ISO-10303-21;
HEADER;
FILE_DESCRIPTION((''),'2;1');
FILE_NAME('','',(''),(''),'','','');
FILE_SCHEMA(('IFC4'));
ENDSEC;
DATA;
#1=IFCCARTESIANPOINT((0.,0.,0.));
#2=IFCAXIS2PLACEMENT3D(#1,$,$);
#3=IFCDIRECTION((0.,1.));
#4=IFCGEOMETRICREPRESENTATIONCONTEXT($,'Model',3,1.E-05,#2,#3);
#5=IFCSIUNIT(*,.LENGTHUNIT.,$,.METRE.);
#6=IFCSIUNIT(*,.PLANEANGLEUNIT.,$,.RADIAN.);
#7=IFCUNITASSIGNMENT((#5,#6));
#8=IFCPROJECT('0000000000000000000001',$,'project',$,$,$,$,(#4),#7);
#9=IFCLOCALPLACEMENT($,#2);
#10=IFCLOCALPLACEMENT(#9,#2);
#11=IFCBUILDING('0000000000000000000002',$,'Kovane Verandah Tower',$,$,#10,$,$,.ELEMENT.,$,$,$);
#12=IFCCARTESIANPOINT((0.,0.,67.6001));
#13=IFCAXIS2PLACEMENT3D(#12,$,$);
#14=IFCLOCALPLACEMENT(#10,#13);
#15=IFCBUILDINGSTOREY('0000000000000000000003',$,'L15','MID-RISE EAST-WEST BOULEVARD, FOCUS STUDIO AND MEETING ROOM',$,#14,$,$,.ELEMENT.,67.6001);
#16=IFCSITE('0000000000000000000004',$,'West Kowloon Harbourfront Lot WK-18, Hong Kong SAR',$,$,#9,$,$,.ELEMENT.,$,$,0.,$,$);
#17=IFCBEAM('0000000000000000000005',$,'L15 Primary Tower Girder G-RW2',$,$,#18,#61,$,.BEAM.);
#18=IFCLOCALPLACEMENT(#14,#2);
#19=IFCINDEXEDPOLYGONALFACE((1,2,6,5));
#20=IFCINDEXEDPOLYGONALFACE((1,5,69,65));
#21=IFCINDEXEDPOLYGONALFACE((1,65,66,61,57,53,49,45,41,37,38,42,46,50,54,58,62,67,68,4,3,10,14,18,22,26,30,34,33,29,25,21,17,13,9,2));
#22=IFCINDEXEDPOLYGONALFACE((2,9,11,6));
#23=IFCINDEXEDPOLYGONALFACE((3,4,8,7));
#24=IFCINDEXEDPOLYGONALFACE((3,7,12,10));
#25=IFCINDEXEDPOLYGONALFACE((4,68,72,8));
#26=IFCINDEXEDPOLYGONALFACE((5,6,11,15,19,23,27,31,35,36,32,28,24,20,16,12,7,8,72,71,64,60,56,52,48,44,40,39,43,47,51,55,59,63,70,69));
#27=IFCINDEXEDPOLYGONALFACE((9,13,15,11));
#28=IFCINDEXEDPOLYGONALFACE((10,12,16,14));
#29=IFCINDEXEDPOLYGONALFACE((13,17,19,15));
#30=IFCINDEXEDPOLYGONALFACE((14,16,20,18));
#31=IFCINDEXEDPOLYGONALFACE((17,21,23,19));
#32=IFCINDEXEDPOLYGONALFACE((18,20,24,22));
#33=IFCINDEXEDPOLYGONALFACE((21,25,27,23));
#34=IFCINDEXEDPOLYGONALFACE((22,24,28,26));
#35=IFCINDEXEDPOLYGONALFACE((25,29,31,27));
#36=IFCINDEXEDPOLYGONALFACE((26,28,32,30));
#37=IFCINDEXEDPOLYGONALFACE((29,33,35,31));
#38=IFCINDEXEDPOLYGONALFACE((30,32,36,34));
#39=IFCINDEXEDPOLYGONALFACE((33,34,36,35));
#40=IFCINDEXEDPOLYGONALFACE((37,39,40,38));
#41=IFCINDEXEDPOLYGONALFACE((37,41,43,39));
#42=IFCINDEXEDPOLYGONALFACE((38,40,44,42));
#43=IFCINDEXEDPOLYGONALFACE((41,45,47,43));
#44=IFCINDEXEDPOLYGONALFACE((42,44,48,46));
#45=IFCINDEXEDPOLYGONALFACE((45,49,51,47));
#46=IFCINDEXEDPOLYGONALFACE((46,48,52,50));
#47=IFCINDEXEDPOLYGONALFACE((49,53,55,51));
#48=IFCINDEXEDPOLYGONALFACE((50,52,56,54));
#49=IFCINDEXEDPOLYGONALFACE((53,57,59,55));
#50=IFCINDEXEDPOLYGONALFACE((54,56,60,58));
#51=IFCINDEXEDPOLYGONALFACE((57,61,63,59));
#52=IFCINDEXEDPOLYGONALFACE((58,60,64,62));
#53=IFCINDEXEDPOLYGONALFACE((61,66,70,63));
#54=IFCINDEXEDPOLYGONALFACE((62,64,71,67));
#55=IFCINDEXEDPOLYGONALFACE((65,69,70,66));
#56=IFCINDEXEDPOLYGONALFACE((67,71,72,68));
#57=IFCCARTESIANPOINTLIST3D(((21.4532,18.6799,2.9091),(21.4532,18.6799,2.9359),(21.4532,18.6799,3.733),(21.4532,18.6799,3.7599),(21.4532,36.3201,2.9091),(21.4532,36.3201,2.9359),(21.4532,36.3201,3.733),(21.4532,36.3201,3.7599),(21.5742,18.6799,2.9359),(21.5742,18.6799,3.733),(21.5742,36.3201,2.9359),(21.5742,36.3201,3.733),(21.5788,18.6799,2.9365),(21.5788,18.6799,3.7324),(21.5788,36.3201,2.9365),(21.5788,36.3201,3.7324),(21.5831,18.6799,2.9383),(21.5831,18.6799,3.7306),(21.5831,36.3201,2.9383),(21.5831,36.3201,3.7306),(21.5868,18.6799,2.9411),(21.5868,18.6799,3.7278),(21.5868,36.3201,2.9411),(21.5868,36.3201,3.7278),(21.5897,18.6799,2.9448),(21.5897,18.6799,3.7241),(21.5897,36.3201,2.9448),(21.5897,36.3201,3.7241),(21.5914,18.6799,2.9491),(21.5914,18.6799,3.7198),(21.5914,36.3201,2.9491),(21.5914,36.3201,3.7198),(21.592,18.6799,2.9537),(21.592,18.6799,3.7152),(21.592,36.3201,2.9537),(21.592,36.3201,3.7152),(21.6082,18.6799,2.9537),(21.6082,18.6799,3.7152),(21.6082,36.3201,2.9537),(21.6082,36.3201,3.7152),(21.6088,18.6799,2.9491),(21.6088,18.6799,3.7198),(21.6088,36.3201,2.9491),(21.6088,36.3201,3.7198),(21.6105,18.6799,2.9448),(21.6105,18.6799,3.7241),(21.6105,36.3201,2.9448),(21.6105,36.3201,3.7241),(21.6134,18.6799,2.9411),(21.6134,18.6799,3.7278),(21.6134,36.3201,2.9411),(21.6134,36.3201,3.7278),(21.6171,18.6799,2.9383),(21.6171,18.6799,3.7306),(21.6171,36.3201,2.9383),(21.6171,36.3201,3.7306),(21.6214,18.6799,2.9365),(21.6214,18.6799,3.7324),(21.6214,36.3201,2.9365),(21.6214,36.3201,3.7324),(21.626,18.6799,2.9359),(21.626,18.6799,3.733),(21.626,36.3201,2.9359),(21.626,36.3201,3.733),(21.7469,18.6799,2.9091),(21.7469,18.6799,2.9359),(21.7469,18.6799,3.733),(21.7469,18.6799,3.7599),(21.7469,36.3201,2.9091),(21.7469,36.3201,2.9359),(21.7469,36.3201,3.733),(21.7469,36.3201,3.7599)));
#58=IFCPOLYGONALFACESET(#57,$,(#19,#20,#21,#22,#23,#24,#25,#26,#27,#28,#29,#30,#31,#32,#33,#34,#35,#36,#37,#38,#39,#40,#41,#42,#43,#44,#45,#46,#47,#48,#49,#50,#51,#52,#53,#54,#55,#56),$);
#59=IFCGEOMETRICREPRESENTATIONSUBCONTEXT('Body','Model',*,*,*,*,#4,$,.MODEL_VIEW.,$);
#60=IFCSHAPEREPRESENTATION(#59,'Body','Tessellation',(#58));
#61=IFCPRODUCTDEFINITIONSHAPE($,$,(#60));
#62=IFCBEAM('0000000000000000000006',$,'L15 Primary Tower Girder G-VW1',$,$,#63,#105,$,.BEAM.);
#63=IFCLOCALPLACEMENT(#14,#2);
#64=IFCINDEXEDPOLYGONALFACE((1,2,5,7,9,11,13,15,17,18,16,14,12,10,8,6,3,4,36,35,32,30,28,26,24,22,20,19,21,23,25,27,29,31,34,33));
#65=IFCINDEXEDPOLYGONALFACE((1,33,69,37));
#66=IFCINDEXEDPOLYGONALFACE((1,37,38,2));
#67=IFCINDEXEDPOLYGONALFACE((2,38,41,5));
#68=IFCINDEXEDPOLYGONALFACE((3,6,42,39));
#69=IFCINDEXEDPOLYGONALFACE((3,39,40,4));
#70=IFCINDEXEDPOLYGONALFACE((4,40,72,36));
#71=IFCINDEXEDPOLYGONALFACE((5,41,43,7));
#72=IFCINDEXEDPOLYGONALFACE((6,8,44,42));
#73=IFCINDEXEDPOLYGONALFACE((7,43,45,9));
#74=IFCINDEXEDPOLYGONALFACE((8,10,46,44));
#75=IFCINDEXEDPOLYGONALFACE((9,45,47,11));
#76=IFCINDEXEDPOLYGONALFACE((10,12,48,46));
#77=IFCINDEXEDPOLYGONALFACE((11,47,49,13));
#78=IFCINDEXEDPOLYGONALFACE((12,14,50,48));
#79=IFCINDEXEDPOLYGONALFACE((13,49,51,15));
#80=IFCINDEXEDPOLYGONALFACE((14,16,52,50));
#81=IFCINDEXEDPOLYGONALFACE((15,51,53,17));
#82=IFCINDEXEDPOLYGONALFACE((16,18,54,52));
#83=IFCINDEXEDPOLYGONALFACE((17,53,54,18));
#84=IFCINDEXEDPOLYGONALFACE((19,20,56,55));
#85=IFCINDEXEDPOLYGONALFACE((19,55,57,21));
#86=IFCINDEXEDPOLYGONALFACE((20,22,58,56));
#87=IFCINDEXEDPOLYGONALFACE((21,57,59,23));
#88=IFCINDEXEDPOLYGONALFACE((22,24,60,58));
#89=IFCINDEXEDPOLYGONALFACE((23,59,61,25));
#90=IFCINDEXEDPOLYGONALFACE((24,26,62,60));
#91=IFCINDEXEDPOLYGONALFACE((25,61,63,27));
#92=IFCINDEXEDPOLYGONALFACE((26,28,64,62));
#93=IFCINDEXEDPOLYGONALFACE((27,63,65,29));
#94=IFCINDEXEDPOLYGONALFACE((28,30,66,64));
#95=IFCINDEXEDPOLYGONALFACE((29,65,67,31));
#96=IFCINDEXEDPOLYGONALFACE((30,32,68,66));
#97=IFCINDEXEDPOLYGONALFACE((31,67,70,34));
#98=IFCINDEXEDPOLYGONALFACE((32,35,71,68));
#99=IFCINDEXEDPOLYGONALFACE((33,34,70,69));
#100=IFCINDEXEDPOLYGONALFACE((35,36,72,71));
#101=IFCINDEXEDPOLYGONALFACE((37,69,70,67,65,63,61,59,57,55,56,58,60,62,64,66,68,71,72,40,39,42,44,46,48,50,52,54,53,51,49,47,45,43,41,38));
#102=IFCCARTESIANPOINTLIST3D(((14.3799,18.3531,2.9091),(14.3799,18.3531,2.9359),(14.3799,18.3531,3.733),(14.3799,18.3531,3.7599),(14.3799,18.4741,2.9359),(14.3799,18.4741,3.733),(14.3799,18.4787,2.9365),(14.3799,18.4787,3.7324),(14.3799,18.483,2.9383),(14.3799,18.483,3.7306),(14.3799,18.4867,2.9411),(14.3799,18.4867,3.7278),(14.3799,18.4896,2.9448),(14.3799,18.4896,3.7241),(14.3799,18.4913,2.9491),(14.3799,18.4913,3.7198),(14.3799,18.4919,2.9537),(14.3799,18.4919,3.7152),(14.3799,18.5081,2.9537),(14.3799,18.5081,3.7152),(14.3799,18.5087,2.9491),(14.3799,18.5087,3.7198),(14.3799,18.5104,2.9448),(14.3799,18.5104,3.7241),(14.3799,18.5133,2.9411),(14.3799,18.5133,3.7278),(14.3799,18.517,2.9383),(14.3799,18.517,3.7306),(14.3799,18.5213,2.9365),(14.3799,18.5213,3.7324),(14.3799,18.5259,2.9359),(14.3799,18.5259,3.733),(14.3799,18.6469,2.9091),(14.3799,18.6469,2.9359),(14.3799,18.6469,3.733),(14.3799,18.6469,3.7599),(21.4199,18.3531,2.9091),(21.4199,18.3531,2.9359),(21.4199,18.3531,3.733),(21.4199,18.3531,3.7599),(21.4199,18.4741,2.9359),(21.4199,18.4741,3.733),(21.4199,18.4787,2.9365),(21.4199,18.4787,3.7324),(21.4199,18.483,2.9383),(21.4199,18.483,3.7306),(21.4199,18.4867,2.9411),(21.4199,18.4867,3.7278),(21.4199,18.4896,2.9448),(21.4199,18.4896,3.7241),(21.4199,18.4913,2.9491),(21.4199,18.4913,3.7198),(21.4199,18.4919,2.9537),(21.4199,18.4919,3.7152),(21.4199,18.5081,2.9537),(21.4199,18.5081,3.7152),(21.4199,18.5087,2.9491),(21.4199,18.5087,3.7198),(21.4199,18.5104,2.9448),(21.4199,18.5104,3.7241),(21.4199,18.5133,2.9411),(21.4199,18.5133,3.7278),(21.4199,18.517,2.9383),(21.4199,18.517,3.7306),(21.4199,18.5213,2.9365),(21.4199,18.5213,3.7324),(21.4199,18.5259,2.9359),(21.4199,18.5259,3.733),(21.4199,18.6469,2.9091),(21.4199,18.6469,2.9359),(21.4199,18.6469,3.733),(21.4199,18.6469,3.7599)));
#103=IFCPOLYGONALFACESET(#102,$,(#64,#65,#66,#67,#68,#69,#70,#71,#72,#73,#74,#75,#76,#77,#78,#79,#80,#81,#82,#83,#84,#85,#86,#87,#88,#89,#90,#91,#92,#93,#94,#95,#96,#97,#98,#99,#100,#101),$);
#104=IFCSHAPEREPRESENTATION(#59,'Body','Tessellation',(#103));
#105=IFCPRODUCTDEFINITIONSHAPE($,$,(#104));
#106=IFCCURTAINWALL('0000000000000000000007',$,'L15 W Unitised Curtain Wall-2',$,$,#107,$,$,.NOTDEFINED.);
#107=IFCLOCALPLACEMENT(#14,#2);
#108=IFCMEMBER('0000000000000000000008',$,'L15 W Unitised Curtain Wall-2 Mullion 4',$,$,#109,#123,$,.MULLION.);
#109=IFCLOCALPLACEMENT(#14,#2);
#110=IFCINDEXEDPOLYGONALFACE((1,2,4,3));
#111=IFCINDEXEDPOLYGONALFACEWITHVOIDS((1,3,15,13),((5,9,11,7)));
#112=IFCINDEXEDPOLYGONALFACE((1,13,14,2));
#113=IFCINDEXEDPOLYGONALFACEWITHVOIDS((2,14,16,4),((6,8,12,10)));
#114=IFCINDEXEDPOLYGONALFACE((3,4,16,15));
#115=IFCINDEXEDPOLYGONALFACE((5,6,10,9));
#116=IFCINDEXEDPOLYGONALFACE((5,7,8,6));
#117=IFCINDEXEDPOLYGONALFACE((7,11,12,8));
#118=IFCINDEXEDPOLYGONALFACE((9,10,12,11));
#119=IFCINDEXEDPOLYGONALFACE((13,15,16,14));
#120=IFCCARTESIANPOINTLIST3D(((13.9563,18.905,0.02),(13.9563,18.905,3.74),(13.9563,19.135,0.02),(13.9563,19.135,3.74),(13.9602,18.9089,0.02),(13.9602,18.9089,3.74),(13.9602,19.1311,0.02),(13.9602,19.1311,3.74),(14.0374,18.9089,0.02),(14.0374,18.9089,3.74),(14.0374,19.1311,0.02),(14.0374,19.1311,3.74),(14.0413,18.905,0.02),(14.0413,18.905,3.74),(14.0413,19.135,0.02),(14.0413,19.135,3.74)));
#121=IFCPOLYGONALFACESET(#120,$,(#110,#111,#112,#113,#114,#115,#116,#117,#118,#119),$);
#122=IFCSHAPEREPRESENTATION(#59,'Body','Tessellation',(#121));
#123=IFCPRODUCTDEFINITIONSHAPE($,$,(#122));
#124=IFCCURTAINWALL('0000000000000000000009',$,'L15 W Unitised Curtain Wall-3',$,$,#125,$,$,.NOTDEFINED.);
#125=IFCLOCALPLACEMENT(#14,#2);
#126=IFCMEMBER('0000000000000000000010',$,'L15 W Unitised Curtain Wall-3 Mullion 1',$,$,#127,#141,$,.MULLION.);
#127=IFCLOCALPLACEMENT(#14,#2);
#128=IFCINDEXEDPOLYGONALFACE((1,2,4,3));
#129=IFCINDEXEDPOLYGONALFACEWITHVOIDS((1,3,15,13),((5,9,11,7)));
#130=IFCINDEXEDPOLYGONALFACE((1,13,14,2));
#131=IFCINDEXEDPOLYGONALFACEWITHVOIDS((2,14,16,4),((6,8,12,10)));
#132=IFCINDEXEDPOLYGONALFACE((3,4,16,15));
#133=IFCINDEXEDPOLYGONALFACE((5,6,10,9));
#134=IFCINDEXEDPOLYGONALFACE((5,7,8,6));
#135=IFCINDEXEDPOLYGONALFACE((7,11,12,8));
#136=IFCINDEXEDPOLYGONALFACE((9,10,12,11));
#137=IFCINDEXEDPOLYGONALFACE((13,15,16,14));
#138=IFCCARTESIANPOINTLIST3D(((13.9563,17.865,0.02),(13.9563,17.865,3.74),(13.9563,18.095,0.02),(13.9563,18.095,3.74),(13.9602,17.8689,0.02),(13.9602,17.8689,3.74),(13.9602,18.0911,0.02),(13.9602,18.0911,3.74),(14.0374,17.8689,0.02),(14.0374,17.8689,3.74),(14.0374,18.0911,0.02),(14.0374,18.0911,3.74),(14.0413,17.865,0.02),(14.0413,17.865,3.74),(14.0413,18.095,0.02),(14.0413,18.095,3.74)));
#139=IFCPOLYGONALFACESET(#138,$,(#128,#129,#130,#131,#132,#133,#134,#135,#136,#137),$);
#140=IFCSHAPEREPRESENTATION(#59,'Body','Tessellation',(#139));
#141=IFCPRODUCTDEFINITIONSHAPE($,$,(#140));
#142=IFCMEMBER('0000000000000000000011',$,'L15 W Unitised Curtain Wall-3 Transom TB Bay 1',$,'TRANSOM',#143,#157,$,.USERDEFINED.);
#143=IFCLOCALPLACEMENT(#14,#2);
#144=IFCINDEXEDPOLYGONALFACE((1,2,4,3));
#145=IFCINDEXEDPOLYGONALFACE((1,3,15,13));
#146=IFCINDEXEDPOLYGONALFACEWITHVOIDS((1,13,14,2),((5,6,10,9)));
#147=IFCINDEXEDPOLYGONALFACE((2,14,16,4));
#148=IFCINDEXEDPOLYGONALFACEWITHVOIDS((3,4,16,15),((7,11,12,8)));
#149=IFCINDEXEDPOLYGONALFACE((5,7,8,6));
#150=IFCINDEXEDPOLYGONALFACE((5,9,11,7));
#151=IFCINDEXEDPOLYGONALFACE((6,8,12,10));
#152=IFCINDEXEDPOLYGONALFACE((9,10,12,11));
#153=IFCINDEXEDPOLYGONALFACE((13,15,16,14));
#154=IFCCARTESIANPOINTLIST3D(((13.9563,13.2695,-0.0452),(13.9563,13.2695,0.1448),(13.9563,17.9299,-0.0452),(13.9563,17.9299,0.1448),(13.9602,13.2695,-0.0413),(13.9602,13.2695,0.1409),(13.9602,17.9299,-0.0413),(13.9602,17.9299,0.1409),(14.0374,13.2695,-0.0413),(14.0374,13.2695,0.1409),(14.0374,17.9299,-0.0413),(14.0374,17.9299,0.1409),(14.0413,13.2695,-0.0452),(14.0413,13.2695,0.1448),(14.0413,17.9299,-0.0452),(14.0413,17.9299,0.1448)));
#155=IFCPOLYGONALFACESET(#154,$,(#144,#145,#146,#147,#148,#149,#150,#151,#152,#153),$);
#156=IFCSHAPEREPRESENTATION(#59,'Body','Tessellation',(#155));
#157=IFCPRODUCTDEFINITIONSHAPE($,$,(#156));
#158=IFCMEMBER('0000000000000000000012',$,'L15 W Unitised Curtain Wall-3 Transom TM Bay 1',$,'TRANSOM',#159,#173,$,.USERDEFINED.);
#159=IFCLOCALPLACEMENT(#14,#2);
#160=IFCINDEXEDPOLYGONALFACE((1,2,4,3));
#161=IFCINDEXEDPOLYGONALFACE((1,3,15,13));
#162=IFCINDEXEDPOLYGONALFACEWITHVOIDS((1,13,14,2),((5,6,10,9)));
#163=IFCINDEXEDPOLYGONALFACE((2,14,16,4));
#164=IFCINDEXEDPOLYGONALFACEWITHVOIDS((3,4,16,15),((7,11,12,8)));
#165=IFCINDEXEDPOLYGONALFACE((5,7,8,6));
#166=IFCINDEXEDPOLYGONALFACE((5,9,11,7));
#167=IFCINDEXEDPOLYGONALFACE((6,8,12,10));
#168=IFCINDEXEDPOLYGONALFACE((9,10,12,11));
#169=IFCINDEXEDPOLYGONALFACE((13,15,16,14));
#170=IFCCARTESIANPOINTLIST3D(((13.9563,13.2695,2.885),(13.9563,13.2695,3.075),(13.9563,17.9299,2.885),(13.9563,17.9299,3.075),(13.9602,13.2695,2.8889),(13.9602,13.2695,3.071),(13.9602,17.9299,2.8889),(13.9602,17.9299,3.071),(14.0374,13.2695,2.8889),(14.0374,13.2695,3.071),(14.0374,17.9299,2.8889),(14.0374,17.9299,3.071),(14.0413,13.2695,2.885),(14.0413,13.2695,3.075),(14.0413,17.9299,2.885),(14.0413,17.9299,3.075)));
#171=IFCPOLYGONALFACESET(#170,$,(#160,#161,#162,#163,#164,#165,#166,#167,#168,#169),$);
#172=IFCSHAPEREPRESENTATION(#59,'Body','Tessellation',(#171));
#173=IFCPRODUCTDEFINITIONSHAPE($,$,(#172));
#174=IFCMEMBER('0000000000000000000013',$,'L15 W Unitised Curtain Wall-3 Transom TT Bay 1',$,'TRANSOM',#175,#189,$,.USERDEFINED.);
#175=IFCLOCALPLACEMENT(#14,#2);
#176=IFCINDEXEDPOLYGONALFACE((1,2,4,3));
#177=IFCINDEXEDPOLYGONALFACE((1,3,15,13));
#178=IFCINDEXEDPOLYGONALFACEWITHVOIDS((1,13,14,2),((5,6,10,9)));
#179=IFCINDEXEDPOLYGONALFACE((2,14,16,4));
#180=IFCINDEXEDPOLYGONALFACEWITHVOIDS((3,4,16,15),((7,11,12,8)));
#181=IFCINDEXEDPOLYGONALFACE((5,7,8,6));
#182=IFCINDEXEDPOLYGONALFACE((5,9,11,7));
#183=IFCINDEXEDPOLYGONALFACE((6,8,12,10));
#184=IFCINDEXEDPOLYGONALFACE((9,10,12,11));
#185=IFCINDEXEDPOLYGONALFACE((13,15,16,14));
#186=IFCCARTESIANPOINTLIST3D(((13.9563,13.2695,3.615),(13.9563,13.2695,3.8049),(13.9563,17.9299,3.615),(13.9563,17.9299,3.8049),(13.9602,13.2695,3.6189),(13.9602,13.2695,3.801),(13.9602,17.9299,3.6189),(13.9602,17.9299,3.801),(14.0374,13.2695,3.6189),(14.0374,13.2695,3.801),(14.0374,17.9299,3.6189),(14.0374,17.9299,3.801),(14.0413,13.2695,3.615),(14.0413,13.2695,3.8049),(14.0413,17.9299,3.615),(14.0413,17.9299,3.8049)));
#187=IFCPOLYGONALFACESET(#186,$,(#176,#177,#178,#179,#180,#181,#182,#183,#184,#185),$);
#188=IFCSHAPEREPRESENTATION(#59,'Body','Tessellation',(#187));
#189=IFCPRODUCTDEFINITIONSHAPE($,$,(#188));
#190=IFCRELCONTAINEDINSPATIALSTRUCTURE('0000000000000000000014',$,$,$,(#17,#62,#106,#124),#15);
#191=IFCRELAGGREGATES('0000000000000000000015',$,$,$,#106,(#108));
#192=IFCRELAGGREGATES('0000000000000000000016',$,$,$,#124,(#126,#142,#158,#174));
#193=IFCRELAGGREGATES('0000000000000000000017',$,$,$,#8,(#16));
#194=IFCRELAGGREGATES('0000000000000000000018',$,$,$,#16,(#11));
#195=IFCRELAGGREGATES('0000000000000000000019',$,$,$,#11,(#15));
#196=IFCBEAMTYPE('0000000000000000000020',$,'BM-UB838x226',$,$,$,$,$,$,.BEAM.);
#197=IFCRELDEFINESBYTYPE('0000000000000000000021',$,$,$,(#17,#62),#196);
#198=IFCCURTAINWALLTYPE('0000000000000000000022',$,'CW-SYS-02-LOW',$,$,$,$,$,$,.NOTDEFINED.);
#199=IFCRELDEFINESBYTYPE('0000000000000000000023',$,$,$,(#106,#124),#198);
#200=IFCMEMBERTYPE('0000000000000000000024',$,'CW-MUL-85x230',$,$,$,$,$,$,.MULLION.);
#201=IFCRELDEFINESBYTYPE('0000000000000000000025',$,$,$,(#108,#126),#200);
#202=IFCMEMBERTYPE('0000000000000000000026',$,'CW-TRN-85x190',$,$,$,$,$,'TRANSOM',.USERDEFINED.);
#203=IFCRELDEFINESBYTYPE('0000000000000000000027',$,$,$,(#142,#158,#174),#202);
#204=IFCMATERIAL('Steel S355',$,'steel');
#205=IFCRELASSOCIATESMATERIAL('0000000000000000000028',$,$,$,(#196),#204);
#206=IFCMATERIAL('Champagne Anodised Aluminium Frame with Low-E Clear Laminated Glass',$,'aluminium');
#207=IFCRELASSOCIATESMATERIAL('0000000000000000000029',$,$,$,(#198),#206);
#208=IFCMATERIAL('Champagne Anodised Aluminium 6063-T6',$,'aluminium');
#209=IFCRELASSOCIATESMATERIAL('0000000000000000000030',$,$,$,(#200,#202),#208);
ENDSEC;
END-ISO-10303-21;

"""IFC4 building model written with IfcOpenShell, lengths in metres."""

from ifc_helpers import new_model, si_unit, direction, frame, origin, origin_2d, place, context, subcontext, project, spatial, hollow_rectangle, i_section, extrude, material, material_profile, profile_set, type_object, element, aggregate, save


model = new_model("IFC4")

# Units and contexts
model_context = context("Model", 3, precision=1e-05, world=origin(), true_north=direction((0.0, 1.0)))
body_context = subcontext(model_context, "Body", "Model", "MODEL_VIEW")
ifc_project = project(units=[si_unit("LENGTHUNIT", "METRE"), si_unit("PLANEANGLEUNIT", "RADIAN")], contexts=[model_context])

# Site, building, storey
site_placement = place(None, origin())
site = spatial("IfcSite", under=ifc_project, at=site_placement, Name="West Kowloon Harbourfront Lot WK-18, Hong Kong SAR", CompositionType="ELEMENT", RefElevation=0.0)
building_placement = place(site_placement, origin())
building = spatial("IfcBuilding", under=site, at=building_placement, Name="Kovane Verandah Tower", CompositionType="ELEMENT")
storey_placement = place(building_placement, frame((0.0, 0.0, 67.6001)))
storey = spatial("IfcBuildingStorey", under=building, at=storey_placement, Name="L15", Description="MID-RISE EAST-WEST BOULEVARD, FOCUS STUDIO AND MEETING ROOM", CompositionType="ELEMENT", Elevation=67.6001)

# Beams
ifc_material_1 = material(Name="Steel S355", Category="steel")
ifc_material_profile_1 = material_profile(ifc_material_1, i_section(OverallWidth=0.2937, OverallDepth=0.8508, WebThickness=0.0161, FlangeThickness=0.0269, FilletRadius=0.0178, at=origin_2d()), Name="UB838x292x226")
ifc_profile_set_1 = profile_set([ifc_material_profile_1], Name="Steel S355")
beam_type_1 = type_object("IfcBeamType", Name="BM-UB838x226", PredefinedType="BEAM", material=ifc_profile_set_1)
beam_1_placement = place(storey_placement, frame((21.6001, 18.6799, 3.3345), z_axis=(0.0, 1.0, 0.0), x_axis=(-1.0, 0.0, 0.0)))
element("IfcBeam", 1, at=beam_1_placement, inside=storey, type_object=beam_type_1, Name="L15 Primary Tower Girder G-RW2", PredefinedType="BEAM", context=body_context, shape_type="SweptSolid", body=[
    extrude(i_section(OverallWidth=0.2937, OverallDepth=0.8508, WebThickness=0.0161, FlangeThickness=0.0269, FilletRadius=0.0178, at=origin_2d()), origin(), (0.0, 0.0, 1.0), 17.6401),
])
beam_2_placement = place(storey_placement, frame((21.4199, 18.5, 3.3345), z_axis=(-1.0, 0.0, 0.0), x_axis=(0.0, -1.0, 0.0)))
element("IfcBeam", 2, at=beam_2_placement, inside=storey, type_object=beam_type_1, Name="L15 Primary Tower Girder G-VW1", PredefinedType="BEAM", context=body_context, shape_type="SweptSolid", body=[
    extrude(i_section(OverallWidth=0.2937, OverallDepth=0.8508, WebThickness=0.0161, FlangeThickness=0.0269, FilletRadius=0.0178, at=origin_2d()), origin(), (0.0, 0.0, 1.0), 7.04),
])

# Curtain wall, member
ifc_material_2 = material(Name="Champagne Anodised Aluminium Frame with Low-E Clear Laminated Glass", Category="aluminium")
curtain_wall_type = type_object("IfcCurtainWallType", Name="CW-SYS-02-LOW", PredefinedType="NOTDEFINED", material=ifc_material_2)
curtain_wall_1_placement = place(storey_placement, origin())
curtain_wall_1 = element("IfcCurtainWall", 3, at=curtain_wall_1_placement, inside=storey, type_object=curtain_wall_type, Name="L15 W Unitised Curtain Wall-2", PredefinedType="NOTDEFINED")
ifc_material_3 = material(Name="Champagne Anodised Aluminium 6063-T6", Category="aluminium")
ifc_material_profile_2 = material_profile(ifc_material_3, hollow_rectangle(XDim=0.085, YDim=0.23, WallThickness=0.0039, at=origin_2d()), Name="AL85x230x4")
ifc_profile_set_2 = profile_set([ifc_material_profile_2], Name="Champagne Anodised Aluminium 6063-T6")
member_type_1 = type_object("IfcMemberType", Name="CW-MUL-85x230", PredefinedType="MULLION", material=ifc_profile_set_2)
member_1_placement = place(storey_placement, frame((13.9988, 19.02, 0.02), z_axis=(0.0, 0.0, 1.0), x_axis=(-1.0, 0.0, 0.0)))
member_1 = element("IfcMember", 4, at=member_1_placement, type_object=member_type_1, Name="L15 W Unitised Curtain Wall-2 Mullion 4", PredefinedType="MULLION", context=body_context, shape_type="SweptSolid", body=[
    extrude(hollow_rectangle(XDim=0.085, YDim=0.23, WallThickness=0.0039, at=origin_2d()), origin(), (0.0, 0.0, 1.0), 3.72),
])
aggregate(curtain_wall_1, [member_1])

# Curtain wall, members
curtain_wall_2_placement = place(storey_placement, origin())
curtain_wall_2 = element("IfcCurtainWall", 5, at=curtain_wall_2_placement, inside=storey, type_object=curtain_wall_type, Name="L15 W Unitised Curtain Wall-3", PredefinedType="NOTDEFINED")
member_2_placement = place(storey_placement, frame((13.9988, 17.98, 0.02), z_axis=(0.0, 0.0, 1.0), x_axis=(-1.0, 0.0, 0.0)))
member_2 = element("IfcMember", 6, at=member_2_placement, type_object=member_type_1, Name="L15 W Unitised Curtain Wall-3 Mullion 1", PredefinedType="MULLION", context=body_context, shape_type="SweptSolid", body=[
    extrude(hollow_rectangle(XDim=0.085, YDim=0.23, WallThickness=0.0039, at=origin_2d()), origin(), (0.0, 0.0, 1.0), 3.72),
])
ifc_material_profile_3 = material_profile(ifc_material_3, hollow_rectangle(XDim=0.085, YDim=0.1899, WallThickness=0.0039, at=origin_2d()), Name="AL85x190x4")
ifc_profile_set_3 = profile_set([ifc_material_profile_3], Name="Champagne Anodised Aluminium 6063-T6")
member_type_2 = type_object("IfcMemberType", Name="CW-TRN-85x190", ElementType="TRANSOM", PredefinedType="USERDEFINED", material=ifc_profile_set_3)
member_3_placement = place(storey_placement, frame((13.9988, 17.9299, 0.0498), z_axis=(0.0, -1.0, 0.0), x_axis=(1.0, 0.0, 0.0)))
member_3 = element("IfcMember", 7, at=member_3_placement, type_object=member_type_2, Name="L15 W Unitised Curtain Wall-3 Transom TB Bay 1", ObjectType="TRANSOM", PredefinedType="USERDEFINED", context=body_context, shape_type="SweptSolid", body=[
    extrude(hollow_rectangle(XDim=0.085, YDim=0.1899, WallThickness=0.0039, at=origin_2d()), origin(), (0.0, 0.0, 1.0), 4.6604),
])
member_4_placement = place(storey_placement, frame((13.9988, 17.9299, 2.98), z_axis=(0.0, -1.0, 0.0), x_axis=(1.0, 0.0, 0.0)))
member_4 = element("IfcMember", 8, at=member_4_placement, type_object=member_type_2, Name="L15 W Unitised Curtain Wall-3 Transom TM Bay 1", ObjectType="TRANSOM", PredefinedType="USERDEFINED", context=body_context, shape_type="SweptSolid", body=[
    extrude(hollow_rectangle(XDim=0.085, YDim=0.1899, WallThickness=0.0039, at=origin_2d()), origin(), (0.0, 0.0, 1.0), 4.6604),
])
member_5_placement = place(storey_placement, frame((13.9988, 17.9299, 3.71), z_axis=(0.0, -1.0, 0.0), x_axis=(1.0, 0.0, 0.0)))
member_5 = element("IfcMember", 9, at=member_5_placement, type_object=member_type_2, Name="L15 W Unitised Curtain Wall-3 Transom TT Bay 1", ObjectType="TRANSOM", PredefinedType="USERDEFINED", context=body_context, shape_type="SweptSolid", body=[
    extrude(hollow_rectangle(XDim=0.085, YDim=0.1899, WallThickness=0.0039, at=origin_2d()), origin(), (0.0, 0.0, 1.0), 4.6604),
])

aggregate(curtain_wall_2, [member_2, member_3, member_4, member_5])

save(model, "model.ifc")
